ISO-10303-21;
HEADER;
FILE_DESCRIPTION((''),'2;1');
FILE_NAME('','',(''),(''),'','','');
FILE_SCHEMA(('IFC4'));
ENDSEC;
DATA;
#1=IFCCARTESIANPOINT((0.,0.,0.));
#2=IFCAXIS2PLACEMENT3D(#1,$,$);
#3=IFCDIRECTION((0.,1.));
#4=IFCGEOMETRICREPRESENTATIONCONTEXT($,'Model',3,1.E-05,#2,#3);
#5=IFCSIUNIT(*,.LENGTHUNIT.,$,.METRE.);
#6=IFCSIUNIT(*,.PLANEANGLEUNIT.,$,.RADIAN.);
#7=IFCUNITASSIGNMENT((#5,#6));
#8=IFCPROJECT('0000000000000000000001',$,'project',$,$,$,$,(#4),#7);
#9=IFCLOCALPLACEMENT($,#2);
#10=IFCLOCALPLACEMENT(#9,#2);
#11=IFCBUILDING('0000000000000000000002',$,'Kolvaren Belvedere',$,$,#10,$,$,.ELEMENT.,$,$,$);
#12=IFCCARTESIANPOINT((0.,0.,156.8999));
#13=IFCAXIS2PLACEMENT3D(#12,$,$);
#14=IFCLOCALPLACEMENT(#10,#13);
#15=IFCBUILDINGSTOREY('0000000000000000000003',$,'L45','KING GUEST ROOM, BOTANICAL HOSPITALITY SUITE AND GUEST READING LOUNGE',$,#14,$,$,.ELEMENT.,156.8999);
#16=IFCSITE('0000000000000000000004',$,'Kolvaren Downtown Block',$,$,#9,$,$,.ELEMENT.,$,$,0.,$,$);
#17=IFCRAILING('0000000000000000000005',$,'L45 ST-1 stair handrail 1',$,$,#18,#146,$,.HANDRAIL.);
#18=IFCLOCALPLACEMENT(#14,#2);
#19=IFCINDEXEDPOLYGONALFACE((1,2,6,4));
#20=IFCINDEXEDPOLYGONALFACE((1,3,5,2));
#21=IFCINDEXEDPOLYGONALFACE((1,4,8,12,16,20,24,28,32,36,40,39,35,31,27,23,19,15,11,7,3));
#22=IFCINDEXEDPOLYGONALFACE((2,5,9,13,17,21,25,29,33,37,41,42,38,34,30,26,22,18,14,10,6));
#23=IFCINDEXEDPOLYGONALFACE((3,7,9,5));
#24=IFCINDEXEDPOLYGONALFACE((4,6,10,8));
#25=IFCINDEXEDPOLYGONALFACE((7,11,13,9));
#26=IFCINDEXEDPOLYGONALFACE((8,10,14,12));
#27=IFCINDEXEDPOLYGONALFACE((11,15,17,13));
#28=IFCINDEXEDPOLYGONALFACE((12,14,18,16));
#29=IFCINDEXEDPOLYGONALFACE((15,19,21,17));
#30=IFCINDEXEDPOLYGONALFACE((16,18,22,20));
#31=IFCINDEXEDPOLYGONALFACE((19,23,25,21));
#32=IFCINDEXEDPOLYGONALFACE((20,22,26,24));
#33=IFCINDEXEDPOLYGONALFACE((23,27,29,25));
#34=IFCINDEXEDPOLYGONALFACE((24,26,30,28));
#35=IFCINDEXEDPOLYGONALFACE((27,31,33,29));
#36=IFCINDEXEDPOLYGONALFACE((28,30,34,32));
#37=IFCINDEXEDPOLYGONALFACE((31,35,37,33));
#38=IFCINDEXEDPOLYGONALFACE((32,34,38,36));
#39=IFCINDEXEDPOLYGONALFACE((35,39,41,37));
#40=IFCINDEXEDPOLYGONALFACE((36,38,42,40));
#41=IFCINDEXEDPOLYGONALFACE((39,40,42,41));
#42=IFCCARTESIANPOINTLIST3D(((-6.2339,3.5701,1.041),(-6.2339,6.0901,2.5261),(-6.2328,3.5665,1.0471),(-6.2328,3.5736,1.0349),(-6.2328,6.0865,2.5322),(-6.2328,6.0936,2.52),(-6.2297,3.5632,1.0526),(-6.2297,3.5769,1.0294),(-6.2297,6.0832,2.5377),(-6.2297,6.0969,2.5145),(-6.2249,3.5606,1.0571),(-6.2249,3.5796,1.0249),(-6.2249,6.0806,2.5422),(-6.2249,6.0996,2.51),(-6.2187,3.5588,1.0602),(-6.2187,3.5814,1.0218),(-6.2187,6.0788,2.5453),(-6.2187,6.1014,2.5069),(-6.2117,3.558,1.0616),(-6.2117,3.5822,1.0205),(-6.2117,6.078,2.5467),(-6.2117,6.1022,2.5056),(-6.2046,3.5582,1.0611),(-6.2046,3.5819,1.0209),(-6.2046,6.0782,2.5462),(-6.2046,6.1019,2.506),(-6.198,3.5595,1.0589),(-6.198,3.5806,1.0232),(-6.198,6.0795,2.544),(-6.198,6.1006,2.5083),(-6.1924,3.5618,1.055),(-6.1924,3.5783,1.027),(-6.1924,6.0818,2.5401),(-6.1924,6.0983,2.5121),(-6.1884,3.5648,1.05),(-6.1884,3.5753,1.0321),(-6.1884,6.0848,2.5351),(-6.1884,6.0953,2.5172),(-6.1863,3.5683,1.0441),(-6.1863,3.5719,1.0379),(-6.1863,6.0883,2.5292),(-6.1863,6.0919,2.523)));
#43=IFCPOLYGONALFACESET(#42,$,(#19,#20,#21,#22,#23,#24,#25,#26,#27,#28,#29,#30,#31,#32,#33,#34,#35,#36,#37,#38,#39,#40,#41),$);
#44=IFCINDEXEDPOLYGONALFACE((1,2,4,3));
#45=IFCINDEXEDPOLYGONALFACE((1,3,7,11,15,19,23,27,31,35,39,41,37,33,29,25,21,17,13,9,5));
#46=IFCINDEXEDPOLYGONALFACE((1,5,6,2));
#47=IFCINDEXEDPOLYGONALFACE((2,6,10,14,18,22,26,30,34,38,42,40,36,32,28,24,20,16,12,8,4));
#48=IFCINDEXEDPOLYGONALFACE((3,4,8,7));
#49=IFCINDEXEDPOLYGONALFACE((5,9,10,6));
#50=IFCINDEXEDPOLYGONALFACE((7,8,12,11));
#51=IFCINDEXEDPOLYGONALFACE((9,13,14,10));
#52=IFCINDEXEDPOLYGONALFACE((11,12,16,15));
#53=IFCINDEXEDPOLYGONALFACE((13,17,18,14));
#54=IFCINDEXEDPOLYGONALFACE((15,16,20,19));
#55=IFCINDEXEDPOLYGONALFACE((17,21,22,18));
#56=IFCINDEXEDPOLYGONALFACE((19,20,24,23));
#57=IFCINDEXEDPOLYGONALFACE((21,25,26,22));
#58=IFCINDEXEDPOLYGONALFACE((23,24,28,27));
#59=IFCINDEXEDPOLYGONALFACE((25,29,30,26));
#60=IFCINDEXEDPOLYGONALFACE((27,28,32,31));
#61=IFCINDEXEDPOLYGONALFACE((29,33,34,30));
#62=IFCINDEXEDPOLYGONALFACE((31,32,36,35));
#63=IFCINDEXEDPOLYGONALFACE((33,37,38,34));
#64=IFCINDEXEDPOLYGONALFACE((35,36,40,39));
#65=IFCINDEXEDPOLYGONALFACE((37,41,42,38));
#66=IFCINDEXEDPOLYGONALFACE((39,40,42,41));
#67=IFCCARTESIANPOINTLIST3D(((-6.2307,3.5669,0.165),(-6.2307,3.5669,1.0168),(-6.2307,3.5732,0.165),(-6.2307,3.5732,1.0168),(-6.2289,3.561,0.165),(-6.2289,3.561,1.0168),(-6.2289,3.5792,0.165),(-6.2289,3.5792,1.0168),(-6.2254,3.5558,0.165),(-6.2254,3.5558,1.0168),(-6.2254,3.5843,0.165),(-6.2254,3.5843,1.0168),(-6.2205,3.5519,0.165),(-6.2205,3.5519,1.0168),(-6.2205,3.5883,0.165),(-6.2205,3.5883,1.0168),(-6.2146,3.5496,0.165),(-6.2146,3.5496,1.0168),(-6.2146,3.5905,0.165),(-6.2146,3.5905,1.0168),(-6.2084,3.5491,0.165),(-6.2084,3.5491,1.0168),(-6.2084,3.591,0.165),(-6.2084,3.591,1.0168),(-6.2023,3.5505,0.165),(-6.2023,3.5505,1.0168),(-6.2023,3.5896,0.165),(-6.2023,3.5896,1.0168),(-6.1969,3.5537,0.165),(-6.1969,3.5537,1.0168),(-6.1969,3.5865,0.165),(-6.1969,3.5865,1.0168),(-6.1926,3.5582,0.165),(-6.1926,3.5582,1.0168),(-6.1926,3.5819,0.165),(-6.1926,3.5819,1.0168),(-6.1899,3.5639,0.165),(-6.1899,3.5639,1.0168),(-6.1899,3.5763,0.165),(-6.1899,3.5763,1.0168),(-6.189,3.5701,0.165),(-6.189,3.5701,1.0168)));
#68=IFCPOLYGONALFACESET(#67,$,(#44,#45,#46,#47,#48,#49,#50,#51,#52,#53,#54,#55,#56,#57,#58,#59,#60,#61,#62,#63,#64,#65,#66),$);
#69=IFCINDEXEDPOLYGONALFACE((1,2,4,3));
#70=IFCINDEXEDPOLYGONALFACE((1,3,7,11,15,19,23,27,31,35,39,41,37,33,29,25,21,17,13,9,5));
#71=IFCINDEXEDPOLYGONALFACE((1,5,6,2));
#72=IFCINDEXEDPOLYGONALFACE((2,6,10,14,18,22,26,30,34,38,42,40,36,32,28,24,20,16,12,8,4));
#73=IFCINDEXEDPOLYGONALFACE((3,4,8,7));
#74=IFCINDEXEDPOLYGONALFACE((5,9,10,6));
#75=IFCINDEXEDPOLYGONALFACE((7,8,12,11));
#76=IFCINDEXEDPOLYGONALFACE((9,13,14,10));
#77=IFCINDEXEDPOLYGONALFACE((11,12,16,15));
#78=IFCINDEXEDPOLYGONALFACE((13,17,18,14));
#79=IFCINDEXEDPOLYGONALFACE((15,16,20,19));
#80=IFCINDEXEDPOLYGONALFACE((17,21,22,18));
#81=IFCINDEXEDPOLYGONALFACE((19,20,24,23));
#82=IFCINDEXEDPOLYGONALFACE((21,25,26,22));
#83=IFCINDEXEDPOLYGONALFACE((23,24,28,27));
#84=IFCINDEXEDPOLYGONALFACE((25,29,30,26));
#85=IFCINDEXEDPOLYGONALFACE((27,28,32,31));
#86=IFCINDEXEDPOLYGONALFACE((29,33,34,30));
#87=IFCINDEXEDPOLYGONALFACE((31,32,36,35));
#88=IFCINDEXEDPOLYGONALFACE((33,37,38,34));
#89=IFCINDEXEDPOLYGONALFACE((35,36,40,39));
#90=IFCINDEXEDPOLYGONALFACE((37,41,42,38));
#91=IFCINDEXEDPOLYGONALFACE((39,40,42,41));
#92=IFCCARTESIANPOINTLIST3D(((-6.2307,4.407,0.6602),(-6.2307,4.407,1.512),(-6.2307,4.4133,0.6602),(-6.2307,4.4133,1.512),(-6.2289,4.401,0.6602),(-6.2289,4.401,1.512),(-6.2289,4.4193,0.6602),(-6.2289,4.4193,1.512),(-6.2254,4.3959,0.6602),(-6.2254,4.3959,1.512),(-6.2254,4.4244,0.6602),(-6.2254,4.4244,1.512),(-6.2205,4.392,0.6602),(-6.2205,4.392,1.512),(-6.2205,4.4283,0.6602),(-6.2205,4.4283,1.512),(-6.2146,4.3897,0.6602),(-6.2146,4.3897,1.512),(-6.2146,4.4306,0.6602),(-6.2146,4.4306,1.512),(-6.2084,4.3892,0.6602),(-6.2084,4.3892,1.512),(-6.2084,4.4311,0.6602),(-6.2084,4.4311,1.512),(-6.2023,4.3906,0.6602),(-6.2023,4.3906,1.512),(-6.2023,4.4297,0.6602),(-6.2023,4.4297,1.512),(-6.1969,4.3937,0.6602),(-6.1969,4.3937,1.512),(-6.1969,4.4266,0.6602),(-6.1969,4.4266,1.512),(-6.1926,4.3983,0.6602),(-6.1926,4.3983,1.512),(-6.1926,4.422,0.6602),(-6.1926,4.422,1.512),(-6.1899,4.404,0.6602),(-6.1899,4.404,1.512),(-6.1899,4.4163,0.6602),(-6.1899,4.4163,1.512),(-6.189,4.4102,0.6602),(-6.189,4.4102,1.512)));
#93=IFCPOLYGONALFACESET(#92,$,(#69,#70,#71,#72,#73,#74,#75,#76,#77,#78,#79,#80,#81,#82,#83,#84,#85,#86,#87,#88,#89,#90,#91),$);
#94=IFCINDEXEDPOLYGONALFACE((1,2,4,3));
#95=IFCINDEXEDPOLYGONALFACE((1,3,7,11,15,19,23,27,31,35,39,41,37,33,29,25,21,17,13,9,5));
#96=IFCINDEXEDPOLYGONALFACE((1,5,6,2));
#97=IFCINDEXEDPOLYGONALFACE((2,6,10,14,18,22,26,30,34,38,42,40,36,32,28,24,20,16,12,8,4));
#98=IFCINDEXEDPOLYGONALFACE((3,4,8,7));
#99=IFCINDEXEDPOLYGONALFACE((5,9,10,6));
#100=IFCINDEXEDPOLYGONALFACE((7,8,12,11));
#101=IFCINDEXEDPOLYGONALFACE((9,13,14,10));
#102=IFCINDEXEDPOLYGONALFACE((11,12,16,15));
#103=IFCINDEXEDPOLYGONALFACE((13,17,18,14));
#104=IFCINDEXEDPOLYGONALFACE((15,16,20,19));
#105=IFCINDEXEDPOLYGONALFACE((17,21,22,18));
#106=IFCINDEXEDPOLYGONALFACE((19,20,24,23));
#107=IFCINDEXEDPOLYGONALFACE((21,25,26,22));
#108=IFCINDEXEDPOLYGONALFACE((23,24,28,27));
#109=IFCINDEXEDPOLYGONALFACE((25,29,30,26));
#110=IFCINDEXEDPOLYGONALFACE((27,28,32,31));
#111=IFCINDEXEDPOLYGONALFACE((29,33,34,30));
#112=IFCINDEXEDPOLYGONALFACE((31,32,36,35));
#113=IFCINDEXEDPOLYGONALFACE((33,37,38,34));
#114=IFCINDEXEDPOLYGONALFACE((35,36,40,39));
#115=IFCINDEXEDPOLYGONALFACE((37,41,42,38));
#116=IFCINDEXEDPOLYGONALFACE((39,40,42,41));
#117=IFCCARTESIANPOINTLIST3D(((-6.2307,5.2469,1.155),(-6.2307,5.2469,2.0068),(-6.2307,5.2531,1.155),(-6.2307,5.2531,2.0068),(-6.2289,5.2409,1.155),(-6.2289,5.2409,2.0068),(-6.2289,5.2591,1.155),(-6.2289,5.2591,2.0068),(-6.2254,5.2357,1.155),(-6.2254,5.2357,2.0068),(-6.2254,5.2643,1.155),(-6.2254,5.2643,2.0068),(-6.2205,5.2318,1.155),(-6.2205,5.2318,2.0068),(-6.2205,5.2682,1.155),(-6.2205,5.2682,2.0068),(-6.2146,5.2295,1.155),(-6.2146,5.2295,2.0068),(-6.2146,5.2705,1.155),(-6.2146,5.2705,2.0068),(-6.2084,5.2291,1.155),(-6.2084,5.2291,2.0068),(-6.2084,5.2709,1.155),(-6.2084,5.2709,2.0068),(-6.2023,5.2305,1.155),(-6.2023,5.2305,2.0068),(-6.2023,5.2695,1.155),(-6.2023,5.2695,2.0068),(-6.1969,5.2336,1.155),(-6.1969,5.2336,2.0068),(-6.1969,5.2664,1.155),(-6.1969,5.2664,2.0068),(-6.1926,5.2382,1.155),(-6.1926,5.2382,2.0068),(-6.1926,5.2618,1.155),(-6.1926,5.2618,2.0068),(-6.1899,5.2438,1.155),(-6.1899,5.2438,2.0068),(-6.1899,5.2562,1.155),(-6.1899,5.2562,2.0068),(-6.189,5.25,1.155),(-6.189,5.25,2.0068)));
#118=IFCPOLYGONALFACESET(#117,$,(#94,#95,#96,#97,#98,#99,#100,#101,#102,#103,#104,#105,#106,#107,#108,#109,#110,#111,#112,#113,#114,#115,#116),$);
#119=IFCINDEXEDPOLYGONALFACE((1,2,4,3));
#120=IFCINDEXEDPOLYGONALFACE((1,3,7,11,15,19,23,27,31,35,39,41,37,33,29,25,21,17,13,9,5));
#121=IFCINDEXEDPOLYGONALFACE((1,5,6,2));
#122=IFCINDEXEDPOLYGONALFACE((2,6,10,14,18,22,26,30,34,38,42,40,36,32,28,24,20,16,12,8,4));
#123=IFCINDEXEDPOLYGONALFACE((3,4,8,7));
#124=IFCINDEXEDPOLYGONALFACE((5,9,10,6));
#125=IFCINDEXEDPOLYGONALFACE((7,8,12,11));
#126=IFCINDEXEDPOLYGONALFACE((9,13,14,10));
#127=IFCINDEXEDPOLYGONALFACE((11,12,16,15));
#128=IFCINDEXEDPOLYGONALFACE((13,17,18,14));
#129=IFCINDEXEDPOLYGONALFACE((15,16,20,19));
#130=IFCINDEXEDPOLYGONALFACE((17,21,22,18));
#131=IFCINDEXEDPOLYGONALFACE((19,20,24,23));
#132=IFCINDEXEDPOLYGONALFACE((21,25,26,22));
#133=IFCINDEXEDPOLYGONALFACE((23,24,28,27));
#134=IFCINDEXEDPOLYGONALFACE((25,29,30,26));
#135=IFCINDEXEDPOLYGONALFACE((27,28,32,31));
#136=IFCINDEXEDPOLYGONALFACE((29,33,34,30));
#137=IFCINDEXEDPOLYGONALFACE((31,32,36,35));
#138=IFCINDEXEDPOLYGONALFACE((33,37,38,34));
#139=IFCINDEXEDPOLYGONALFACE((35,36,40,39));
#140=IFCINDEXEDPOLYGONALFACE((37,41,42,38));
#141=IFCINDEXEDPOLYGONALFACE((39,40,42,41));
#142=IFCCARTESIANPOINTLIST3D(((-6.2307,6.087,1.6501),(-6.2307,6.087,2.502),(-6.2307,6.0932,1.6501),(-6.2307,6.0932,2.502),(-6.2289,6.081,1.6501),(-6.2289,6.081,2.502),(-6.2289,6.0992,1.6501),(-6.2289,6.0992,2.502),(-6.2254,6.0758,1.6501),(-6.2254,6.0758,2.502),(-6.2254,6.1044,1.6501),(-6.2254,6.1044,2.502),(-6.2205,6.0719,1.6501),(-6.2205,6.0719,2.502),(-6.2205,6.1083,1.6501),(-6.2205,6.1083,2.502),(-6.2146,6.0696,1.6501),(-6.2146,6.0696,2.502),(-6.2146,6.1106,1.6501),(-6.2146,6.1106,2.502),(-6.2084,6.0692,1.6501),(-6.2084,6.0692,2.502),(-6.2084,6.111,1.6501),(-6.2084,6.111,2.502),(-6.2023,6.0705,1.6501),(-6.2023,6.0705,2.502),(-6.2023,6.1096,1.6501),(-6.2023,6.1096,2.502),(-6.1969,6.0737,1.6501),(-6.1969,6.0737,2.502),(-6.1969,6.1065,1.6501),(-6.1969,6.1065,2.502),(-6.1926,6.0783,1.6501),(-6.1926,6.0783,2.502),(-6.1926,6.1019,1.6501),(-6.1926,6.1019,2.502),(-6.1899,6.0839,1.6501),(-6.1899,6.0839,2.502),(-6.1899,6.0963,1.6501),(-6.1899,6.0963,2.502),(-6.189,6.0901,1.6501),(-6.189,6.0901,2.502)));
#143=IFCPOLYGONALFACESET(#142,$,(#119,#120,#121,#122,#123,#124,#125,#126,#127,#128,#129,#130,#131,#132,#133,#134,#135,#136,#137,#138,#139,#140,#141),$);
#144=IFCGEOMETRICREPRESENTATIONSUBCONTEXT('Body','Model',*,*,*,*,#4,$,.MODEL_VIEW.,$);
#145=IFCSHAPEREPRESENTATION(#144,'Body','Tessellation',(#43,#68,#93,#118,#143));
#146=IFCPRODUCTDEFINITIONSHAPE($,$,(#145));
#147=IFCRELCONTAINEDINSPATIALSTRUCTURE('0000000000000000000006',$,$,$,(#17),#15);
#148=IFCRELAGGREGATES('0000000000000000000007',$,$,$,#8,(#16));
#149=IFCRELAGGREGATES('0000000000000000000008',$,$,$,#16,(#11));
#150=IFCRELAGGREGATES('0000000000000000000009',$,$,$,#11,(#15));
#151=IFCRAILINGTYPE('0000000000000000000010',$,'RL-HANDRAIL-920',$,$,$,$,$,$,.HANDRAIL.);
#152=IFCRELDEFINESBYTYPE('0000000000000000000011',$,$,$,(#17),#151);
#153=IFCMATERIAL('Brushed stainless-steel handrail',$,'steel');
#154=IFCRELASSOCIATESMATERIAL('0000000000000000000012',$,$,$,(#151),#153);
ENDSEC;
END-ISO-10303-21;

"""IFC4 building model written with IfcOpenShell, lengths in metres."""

from ifc_helpers import new_model, si_unit, direction, frame, origin, origin_2d, place, context, subcontext, project, spatial, circle, extrude, material, type_object, element, save


model = new_model("IFC4")

# Units and contexts
model_context = context("Model", 3, precision=1e-05, world=origin(), true_north=direction((0.0, 1.0)))
body_context = subcontext(model_context, "Body", "Model", "MODEL_VIEW")
ifc_project = project(units=[si_unit("LENGTHUNIT", "METRE"), si_unit("PLANEANGLEUNIT", "RADIAN")], contexts=[model_context])

# Site, building, storey
site_placement = place(None, origin())
site = spatial("IfcSite", under=ifc_project, at=site_placement, Name="Kolvaren Downtown Block", CompositionType="ELEMENT", RefElevation=0.0)
building_placement = place(site_placement, origin())
building = spatial("IfcBuilding", under=site, at=building_placement, Name="Kolvaren Belvedere", CompositionType="ELEMENT")
storey_placement = place(building_placement, frame((0.0, 0.0, 156.8999)))
storey = spatial("IfcBuildingStorey", under=building, at=storey_placement, Name="L45", Description="KING GUEST ROOM, BOTANICAL HOSPITALITY SUITE AND GUEST READING LOUNGE", CompositionType="ELEMENT", Elevation=156.8999)

# Railing
ifc_material_1 = material(Name="Brushed stainless-steel handrail", Category="steel")
railing_type_1 = type_object("IfcRailingType", Name="RL-HANDRAIL-920", PredefinedType="HANDRAIL", material=ifc_material_1)
railing_1_placement = place(storey_placement, frame((-6.21, 3.5701, 0.165)))
element("IfcRailing", 1, at=railing_1_placement, inside=storey, type_object=railing_type_1, Name="L45 ST-1 stair handrail 1", PredefinedType="HANDRAIL", context=body_context, shape_type="SweptSolid", body=[
    extrude(circle(Radius=0.0239, at=origin_2d()), frame((0.0, 0.0, 0.876), z_axis=(0.0, 0.861524, 0.507717), x_axis=(-1.0, 0.0, 0.0)), (0.0, 0.0, 1.0), 2.925),
    extrude(circle(Radius=0.021, at=origin_2d()), origin(), (0.0, 0.0, 1.0), 0.8518),
    extrude(circle(Radius=0.021, at=origin_2d()), frame((0.0, 0.8401, 0.4951)), (0.0, 0.0, 1.0), 0.8518),
    extrude(circle(Radius=0.021, at=origin_2d()), frame((0.0, 1.6799, 0.99)), (0.0, 0.0, 1.0), 0.8518),
    extrude(circle(Radius=0.021, at=origin_2d()), frame((0.0, 2.52, 1.4851)), (0.0, 0.0, 1.0), 0.8518),
])

save(model, "model.ifc")
